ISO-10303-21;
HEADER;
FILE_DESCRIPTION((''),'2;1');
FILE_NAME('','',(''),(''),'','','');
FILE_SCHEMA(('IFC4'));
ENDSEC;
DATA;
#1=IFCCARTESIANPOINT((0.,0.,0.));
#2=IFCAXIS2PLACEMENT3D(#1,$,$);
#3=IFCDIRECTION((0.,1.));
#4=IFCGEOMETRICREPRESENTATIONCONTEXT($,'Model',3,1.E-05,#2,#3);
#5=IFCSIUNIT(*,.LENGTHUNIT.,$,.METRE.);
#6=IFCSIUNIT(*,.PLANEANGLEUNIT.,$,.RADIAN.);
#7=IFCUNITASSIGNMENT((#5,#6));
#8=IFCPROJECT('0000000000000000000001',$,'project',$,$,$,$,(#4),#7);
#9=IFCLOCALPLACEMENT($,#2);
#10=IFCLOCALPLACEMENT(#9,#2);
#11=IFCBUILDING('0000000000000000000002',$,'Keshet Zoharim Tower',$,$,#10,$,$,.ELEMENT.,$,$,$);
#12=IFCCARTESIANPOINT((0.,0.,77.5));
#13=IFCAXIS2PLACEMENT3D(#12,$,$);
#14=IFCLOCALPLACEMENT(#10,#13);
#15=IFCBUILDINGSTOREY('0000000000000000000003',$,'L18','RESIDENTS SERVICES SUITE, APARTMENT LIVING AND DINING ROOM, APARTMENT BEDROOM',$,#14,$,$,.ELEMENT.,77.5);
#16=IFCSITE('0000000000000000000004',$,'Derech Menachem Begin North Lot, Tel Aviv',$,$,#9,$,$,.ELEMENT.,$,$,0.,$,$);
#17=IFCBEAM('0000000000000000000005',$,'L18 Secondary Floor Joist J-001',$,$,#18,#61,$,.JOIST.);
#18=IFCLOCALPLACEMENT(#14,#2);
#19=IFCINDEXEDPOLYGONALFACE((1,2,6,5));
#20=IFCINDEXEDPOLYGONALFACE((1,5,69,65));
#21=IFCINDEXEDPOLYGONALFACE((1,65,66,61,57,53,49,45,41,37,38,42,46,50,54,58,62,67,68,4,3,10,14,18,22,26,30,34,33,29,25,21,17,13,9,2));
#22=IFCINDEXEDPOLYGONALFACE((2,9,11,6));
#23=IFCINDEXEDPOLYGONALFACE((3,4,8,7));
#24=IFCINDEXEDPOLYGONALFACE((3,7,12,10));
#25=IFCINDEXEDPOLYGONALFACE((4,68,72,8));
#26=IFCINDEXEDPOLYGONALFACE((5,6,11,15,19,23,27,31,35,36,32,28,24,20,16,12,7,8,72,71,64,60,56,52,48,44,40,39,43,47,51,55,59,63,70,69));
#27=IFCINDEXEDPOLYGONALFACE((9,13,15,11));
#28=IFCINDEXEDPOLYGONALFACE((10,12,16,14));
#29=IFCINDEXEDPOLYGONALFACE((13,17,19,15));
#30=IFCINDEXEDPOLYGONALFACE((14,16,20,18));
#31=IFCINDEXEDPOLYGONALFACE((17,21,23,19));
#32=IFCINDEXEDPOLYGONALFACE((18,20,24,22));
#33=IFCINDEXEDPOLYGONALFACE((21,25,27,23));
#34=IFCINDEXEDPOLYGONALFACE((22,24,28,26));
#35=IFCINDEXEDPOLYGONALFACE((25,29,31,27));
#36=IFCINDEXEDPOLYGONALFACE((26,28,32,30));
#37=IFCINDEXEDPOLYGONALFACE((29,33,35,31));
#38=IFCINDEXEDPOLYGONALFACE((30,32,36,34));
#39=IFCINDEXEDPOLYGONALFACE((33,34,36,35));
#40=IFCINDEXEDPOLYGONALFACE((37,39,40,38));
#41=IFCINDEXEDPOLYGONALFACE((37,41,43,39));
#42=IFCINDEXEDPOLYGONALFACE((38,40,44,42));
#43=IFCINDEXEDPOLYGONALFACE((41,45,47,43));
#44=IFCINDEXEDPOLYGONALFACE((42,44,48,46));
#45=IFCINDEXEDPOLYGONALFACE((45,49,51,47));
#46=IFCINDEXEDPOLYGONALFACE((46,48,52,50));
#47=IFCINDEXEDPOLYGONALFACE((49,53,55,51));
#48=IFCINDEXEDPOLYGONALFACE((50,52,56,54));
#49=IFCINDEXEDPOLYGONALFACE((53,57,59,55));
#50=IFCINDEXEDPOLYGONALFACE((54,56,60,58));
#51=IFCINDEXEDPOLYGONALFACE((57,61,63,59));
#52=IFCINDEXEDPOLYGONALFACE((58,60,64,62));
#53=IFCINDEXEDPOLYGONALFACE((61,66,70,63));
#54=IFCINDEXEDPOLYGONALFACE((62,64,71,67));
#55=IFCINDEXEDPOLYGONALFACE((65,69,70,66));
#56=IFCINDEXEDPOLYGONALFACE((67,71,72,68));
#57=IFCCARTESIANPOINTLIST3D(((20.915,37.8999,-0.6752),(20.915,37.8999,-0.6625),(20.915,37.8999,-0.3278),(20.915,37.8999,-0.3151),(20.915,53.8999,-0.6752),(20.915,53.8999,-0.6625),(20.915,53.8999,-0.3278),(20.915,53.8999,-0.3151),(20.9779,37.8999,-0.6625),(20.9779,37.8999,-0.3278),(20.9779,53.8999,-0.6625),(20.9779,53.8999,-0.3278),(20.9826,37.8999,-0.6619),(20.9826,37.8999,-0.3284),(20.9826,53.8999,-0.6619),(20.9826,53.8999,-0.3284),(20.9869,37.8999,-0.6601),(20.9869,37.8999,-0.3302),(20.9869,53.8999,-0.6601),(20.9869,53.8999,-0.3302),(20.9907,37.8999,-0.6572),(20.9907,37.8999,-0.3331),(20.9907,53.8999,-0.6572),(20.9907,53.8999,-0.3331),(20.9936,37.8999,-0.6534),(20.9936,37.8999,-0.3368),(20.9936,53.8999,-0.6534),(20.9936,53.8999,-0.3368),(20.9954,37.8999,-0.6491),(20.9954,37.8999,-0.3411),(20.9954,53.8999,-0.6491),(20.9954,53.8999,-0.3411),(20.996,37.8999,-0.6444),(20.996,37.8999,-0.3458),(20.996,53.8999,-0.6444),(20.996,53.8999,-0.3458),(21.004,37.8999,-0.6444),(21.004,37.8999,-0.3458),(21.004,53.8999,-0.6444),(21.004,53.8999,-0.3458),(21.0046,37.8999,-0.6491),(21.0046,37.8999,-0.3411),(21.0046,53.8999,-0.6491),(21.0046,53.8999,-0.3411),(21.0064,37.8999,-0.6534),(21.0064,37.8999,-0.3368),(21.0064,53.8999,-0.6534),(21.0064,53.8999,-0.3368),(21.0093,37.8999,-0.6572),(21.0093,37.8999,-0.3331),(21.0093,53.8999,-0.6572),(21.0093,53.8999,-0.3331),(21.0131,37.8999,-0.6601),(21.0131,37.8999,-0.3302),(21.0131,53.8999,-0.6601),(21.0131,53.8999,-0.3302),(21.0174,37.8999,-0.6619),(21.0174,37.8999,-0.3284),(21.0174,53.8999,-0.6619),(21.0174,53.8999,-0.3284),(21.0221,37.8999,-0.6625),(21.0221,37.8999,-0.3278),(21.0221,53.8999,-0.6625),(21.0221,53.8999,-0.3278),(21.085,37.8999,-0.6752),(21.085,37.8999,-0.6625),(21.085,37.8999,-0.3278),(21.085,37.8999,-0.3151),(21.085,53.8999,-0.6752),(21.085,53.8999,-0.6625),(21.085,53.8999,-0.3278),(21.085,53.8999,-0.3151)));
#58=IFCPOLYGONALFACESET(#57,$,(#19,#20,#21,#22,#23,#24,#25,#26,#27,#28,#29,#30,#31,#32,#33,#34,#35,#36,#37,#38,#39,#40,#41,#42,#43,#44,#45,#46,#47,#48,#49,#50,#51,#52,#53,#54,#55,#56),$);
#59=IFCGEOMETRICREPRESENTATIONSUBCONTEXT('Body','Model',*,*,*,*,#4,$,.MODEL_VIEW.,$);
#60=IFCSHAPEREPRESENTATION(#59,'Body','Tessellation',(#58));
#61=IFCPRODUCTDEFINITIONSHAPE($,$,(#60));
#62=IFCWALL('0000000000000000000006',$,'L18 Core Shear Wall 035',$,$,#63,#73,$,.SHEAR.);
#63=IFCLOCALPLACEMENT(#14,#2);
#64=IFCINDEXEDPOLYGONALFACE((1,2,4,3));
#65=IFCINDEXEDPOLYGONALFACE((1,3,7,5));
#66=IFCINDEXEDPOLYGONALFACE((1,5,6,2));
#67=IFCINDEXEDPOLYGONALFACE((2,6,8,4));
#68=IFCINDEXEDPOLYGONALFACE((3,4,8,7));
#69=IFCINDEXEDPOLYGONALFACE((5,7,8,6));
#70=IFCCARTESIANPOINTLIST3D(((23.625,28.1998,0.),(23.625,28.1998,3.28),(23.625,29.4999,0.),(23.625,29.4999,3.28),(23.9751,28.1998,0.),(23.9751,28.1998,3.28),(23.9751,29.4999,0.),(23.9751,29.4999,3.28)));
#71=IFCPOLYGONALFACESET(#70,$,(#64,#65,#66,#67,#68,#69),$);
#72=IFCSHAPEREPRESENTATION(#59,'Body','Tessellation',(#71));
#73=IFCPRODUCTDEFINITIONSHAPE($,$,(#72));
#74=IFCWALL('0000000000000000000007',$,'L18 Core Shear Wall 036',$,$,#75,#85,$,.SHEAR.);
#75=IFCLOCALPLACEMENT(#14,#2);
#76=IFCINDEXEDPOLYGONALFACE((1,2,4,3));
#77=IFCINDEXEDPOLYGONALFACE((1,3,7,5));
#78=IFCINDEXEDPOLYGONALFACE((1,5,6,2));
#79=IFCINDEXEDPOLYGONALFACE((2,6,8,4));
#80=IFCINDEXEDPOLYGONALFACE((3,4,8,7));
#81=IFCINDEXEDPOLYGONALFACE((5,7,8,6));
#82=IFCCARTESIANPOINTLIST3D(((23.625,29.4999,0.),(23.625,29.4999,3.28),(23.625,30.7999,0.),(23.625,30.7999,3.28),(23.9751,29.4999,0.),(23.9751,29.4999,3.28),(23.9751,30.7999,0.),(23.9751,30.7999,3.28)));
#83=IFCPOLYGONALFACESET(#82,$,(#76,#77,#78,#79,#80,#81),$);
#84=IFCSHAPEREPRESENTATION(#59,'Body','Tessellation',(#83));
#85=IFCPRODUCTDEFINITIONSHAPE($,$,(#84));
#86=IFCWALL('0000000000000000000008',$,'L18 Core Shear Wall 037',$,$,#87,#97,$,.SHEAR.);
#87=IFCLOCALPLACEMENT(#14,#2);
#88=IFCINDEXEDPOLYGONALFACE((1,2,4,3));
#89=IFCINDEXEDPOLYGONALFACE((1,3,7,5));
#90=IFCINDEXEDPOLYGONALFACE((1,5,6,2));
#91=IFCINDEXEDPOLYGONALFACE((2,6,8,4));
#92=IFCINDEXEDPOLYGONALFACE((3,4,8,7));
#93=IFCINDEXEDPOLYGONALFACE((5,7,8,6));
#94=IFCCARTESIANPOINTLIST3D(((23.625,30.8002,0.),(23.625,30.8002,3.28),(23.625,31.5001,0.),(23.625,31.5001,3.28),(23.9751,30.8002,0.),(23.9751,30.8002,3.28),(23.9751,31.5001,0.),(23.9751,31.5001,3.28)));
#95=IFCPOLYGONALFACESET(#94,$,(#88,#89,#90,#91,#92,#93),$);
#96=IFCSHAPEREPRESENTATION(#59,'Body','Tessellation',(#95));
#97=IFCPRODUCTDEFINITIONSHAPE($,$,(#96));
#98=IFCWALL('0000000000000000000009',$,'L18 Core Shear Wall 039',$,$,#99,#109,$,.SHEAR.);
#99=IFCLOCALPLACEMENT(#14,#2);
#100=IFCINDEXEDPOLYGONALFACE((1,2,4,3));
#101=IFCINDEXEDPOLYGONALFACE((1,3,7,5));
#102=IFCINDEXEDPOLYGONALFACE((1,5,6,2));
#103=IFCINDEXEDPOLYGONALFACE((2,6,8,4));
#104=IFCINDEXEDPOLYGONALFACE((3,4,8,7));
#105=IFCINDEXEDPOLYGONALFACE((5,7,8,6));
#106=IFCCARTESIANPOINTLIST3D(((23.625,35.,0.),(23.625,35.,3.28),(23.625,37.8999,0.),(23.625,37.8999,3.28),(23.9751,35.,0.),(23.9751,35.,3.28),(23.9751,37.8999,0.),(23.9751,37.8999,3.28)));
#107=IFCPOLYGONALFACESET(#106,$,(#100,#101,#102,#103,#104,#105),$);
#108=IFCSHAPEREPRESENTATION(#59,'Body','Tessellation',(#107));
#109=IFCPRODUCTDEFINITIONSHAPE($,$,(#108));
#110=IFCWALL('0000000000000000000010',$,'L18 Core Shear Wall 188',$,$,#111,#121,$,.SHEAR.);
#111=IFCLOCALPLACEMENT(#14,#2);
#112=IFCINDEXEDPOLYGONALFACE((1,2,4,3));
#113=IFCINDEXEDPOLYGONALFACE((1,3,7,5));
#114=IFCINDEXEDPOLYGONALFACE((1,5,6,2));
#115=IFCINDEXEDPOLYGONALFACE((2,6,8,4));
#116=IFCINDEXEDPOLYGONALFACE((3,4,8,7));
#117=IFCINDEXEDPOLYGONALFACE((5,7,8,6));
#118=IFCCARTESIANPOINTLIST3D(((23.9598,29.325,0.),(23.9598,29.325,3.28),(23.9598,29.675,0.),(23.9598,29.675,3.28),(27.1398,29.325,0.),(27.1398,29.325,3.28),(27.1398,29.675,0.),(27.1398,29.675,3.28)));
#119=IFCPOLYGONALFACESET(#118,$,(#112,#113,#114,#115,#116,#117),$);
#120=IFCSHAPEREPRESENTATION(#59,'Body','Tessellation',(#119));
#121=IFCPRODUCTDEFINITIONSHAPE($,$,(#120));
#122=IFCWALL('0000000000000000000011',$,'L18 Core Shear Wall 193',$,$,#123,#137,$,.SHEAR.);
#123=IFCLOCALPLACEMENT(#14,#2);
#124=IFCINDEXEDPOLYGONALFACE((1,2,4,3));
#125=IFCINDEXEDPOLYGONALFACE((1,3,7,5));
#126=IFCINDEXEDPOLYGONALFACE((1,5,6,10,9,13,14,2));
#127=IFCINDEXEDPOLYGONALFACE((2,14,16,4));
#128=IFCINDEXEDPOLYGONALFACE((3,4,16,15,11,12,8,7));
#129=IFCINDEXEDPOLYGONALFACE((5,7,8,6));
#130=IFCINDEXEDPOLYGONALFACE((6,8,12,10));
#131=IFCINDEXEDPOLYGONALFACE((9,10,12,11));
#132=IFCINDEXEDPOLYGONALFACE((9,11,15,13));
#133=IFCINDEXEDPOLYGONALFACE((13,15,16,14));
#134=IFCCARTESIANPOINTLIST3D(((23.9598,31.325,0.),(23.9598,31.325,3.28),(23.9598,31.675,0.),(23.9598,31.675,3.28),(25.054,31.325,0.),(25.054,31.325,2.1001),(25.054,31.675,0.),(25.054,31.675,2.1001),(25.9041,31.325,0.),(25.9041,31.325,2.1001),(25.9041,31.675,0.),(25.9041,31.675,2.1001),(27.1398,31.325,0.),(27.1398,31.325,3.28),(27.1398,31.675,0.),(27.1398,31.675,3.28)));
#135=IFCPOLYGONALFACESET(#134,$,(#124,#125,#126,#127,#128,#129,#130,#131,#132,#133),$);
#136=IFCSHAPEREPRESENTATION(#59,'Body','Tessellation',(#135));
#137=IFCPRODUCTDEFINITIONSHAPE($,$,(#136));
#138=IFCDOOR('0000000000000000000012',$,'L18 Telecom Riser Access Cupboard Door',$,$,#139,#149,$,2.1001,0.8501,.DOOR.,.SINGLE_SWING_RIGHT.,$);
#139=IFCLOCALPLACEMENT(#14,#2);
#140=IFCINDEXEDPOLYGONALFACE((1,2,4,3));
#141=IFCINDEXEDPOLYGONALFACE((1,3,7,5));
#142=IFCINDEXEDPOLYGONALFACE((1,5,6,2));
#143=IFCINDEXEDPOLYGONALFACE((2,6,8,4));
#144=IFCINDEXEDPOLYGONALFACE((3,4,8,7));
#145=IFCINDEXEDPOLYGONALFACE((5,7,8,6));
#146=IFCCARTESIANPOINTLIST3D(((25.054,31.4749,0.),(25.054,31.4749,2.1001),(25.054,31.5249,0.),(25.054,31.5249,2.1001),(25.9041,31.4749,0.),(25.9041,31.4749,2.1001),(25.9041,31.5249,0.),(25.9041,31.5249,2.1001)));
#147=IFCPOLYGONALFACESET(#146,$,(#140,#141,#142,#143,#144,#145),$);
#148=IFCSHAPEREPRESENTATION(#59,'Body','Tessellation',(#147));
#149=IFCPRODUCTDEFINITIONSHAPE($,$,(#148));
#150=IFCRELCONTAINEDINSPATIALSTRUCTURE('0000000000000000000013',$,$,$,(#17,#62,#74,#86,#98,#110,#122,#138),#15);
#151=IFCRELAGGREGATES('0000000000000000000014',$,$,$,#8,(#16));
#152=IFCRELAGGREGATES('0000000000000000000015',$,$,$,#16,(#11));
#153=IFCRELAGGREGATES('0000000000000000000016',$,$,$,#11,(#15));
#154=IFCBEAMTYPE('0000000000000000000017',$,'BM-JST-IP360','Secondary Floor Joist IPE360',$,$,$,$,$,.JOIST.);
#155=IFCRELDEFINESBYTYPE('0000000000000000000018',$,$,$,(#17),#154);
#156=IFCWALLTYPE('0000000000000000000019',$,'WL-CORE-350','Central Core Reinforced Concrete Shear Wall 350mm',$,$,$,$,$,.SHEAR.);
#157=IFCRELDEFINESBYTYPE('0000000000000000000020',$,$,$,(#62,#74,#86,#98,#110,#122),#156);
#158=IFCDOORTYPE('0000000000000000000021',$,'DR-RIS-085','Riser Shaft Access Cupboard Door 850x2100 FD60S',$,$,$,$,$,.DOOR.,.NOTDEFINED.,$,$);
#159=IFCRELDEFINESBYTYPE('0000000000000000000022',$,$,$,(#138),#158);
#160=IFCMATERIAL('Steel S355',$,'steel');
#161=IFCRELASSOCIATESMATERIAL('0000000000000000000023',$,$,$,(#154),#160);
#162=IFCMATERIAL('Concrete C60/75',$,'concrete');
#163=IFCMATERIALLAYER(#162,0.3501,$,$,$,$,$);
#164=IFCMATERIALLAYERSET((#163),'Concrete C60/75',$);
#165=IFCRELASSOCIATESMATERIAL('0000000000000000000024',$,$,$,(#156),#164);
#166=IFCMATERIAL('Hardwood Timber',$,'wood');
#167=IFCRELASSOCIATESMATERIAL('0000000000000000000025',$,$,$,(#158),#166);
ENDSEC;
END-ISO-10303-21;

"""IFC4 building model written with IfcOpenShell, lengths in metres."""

from ifc_helpers import new_model, si_unit, direction, frame, frame_2d, origin, origin_2d, place, context, subcontext, project, spatial, rectangle, i_section, extrude, material, layer, layer_set, material_profile, profile_set, type_object, element, fill, save


model = new_model("IFC4")

# Units and contexts
model_context = context("Model", 3, precision=1e-05, world=origin(), true_north=direction((0.0, 1.0)))
body_context = subcontext(model_context, "Body", "Model", "MODEL_VIEW")
ifc_project = project(units=[si_unit("LENGTHUNIT", "METRE"), si_unit("PLANEANGLEUNIT", "RADIAN")], contexts=[model_context])

# Site, building, storey
site_placement = place(None, origin())
site = spatial("IfcSite", under=ifc_project, at=site_placement, Name="Derech Menachem Begin North Lot, Tel Aviv", CompositionType="ELEMENT", RefElevation=0.0)
building_placement = place(site_placement, origin())
building = spatial("IfcBuilding", under=site, at=building_placement, Name="Keshet Zoharim Tower", CompositionType="ELEMENT")
storey_placement = place(building_placement, frame((0.0, 0.0, 77.5)))
storey = spatial("IfcBuildingStorey", under=building, at=storey_placement, Name="L18", Description="RESIDENTS SERVICES SUITE, APARTMENT LIVING AND DINING ROOM, APARTMENT BEDROOM", CompositionType="ELEMENT", Elevation=77.5)

# Beam
ifc_material_1 = material(Name="Steel S355", Category="steel")
ifc_material_profile = material_profile(ifc_material_1, i_section(OverallWidth=0.1699, OverallDepth=0.3601, WebThickness=0.0081, FlangeThickness=0.0127, FilletRadius=0.0181, at=origin_2d()), Name="IPE360")
ifc_profile_set = profile_set([ifc_material_profile], Name="Steel S355")
beam_type = type_object("IfcBeamType", Name="BM-JST-IP360", Description="Secondary Floor Joist IPE360", PredefinedType="JOIST", material=ifc_profile_set)
beam_placement = place(storey_placement, frame((21.0, 37.8999, -0.4951), z_axis=(0.0, 1.0, 0.0), x_axis=(-1.0, 0.0, 0.0)))
element("IfcBeam", 1, at=beam_placement, inside=storey, type_object=beam_type, Name="L18 Secondary Floor Joist J-001", PredefinedType="JOIST", context=body_context, shape_type="SweptSolid", body=[
    extrude(i_section(OverallWidth=0.1699, OverallDepth=0.3601, WebThickness=0.0081, FlangeThickness=0.0127, FilletRadius=0.0181, at=origin_2d()), origin(), (0.0, 0.0, 1.0), 16.0),
])

# Walls
ifc_material_2 = material(Name="Concrete C60/75", Category="concrete")
ifc_layer_1 = layer(ifc_material_2, 0.3501)
ifc_layer_set_1 = layer_set([ifc_layer_1], Name="Concrete C60/75")
wall_type_1 = type_object("IfcWallType", Name="WL-CORE-350", Description="Central Core Reinforced Concrete Shear Wall 350mm", PredefinedType="SHEAR", material=ifc_layer_set_1)
for number, where, z_axis, x_axis, name in (
    (2, (23.8, 28.2, 0.0), (0.0, 0.0, 1.0), (0.0, 1.0, 0.0), "L18 Core Shear Wall 035"),
    (3, (23.8, 29.5, 0.0), (0.0, 0.0, 1.0), (0.0, 1.0, 0.0), "L18 Core Shear Wall 036"),
):
    element("IfcWall", number, at=place(storey_placement, frame(where, z_axis=z_axis, x_axis=x_axis)), inside=storey, type_object=wall_type_1, Name=name, PredefinedType="SHEAR", context=body_context, shape_type="SweptSolid", body=[
        extrude(rectangle(XDim=1.3, YDim=0.3501, at=frame_2d((0.6499, 0.0))), origin(), (0.0, 0.0, 1.0), 3.28),
    ])
wall_1_placement = place(storey_placement, frame((23.8, 30.8, 0.0), z_axis=(0.0, 0.0, 1.0), x_axis=(0.0, 1.0, 0.0)))
element("IfcWall", 4, at=wall_1_placement, inside=storey, type_object=wall_type_1, Name="L18 Core Shear Wall 037", PredefinedType="SHEAR", context=body_context, shape_type="SweptSolid", body=[
    extrude(rectangle(XDim=0.7, YDim=0.3501, at=frame_2d((0.3501, 0.0))), origin(), (0.0, 0.0, 1.0), 3.28),
])

# Shared definitions
ifc_material_3 = material(Name="Hardwood Timber", Category="wood")

# Walls
wall_2_placement = place(storey_placement, frame((23.8, 35.0, 0.0), z_axis=(0.0, 0.0, 1.0), x_axis=(0.0, 1.0, 0.0)))
element("IfcWall", 5, at=wall_2_placement, inside=storey, type_object=wall_type_1, Name="L18 Core Shear Wall 039", PredefinedType="SHEAR", context=body_context, shape_type="SweptSolid", body=[
    extrude(rectangle(XDim=2.8999, YDim=0.3501, at=frame_2d((1.45, 0.0))), origin(), (0.0, 0.0, 1.0), 3.28),
])
wall_3_placement = place(storey_placement, frame((23.96, 29.5, 0.0), z_axis=(0.0, 0.0, 1.0), x_axis=(1.0, 0.0, 0.0)))
element("IfcWall", 6, at=wall_3_placement, inside=storey, type_object=wall_type_1, Name="L18 Core Shear Wall 188", PredefinedType="SHEAR", context=body_context, shape_type="SweptSolid", body=[
    extrude(rectangle(XDim=3.1799, YDim=0.3501, at=frame_2d((1.5898, 0.0))), origin(), (0.0, 0.0, 1.0), 3.28),
])

# Wall, opening, door
wall_4_placement = place(storey_placement, frame((23.96, 31.5, 0.0), z_axis=(0.0, 0.0, 1.0), x_axis=(1.0, 0.0, 0.0)))
wall_4 = element("IfcWall", 7, at=wall_4_placement, inside=storey, type_object=wall_type_1, Name="L18 Core Shear Wall 193", PredefinedType="SHEAR", context=body_context, shape_type="SweptSolid", body=[
    extrude(rectangle(XDim=3.1799, YDim=0.3501, at=frame_2d((1.5898, 0.0))), origin(), (0.0, 0.0, 1.0), 3.28),
])
opening_1_placement = place(wall_4_placement, frame((1.094, 0.0, 0.0)))
opening_1 = element("IfcOpeningElement", 8, at=opening_1_placement, cuts=wall_4, PredefinedType="OPENING", context=body_context, shape_type="SweptSolid", body=[
    extrude(rectangle(XDim=0.8501, YDim=2.1001, at=frame_2d((0.425, 1.05))), frame((0.0, 0.1851, 0.0), z_axis=(0.0, -1.0, 0.0), x_axis=(1.0, 0.0, 0.0)), (0.0, 0.0, 1.0), 0.3701),
])
door_type_1 = type_object("IfcDoorType", Name="DR-RIS-085", Description="Riser Shaft Access Cupboard Door 850x2100 FD60S", OperationType="NOTDEFINED", PredefinedType="DOOR", material=ifc_material_3)
door_1_placement = place(opening_1_placement, origin())
door_1 = element("IfcDoor", 9, at=door_1_placement, inside=storey, type_object=door_type_1, Name="L18 Telecom Riser Access Cupboard Door", OperationType="SINGLE_SWING_RIGHT", OverallHeight=2.1001, OverallWidth=0.8501, PredefinedType="DOOR", context=body_context, shape_type="SweptSolid", body=[
    extrude(rectangle(XDim=0.8501, YDim=2.1001, at=frame_2d((0.425, 1.05))), frame((0.0, 0.0249, 0.0), z_axis=(0.0, -1.0, 0.0), x_axis=(1.0, 0.0, 0.0)), (0.0, 0.0, 1.0), 0.05),
])
fill(opening_1, door_1)

save(model, "model.ifc")
